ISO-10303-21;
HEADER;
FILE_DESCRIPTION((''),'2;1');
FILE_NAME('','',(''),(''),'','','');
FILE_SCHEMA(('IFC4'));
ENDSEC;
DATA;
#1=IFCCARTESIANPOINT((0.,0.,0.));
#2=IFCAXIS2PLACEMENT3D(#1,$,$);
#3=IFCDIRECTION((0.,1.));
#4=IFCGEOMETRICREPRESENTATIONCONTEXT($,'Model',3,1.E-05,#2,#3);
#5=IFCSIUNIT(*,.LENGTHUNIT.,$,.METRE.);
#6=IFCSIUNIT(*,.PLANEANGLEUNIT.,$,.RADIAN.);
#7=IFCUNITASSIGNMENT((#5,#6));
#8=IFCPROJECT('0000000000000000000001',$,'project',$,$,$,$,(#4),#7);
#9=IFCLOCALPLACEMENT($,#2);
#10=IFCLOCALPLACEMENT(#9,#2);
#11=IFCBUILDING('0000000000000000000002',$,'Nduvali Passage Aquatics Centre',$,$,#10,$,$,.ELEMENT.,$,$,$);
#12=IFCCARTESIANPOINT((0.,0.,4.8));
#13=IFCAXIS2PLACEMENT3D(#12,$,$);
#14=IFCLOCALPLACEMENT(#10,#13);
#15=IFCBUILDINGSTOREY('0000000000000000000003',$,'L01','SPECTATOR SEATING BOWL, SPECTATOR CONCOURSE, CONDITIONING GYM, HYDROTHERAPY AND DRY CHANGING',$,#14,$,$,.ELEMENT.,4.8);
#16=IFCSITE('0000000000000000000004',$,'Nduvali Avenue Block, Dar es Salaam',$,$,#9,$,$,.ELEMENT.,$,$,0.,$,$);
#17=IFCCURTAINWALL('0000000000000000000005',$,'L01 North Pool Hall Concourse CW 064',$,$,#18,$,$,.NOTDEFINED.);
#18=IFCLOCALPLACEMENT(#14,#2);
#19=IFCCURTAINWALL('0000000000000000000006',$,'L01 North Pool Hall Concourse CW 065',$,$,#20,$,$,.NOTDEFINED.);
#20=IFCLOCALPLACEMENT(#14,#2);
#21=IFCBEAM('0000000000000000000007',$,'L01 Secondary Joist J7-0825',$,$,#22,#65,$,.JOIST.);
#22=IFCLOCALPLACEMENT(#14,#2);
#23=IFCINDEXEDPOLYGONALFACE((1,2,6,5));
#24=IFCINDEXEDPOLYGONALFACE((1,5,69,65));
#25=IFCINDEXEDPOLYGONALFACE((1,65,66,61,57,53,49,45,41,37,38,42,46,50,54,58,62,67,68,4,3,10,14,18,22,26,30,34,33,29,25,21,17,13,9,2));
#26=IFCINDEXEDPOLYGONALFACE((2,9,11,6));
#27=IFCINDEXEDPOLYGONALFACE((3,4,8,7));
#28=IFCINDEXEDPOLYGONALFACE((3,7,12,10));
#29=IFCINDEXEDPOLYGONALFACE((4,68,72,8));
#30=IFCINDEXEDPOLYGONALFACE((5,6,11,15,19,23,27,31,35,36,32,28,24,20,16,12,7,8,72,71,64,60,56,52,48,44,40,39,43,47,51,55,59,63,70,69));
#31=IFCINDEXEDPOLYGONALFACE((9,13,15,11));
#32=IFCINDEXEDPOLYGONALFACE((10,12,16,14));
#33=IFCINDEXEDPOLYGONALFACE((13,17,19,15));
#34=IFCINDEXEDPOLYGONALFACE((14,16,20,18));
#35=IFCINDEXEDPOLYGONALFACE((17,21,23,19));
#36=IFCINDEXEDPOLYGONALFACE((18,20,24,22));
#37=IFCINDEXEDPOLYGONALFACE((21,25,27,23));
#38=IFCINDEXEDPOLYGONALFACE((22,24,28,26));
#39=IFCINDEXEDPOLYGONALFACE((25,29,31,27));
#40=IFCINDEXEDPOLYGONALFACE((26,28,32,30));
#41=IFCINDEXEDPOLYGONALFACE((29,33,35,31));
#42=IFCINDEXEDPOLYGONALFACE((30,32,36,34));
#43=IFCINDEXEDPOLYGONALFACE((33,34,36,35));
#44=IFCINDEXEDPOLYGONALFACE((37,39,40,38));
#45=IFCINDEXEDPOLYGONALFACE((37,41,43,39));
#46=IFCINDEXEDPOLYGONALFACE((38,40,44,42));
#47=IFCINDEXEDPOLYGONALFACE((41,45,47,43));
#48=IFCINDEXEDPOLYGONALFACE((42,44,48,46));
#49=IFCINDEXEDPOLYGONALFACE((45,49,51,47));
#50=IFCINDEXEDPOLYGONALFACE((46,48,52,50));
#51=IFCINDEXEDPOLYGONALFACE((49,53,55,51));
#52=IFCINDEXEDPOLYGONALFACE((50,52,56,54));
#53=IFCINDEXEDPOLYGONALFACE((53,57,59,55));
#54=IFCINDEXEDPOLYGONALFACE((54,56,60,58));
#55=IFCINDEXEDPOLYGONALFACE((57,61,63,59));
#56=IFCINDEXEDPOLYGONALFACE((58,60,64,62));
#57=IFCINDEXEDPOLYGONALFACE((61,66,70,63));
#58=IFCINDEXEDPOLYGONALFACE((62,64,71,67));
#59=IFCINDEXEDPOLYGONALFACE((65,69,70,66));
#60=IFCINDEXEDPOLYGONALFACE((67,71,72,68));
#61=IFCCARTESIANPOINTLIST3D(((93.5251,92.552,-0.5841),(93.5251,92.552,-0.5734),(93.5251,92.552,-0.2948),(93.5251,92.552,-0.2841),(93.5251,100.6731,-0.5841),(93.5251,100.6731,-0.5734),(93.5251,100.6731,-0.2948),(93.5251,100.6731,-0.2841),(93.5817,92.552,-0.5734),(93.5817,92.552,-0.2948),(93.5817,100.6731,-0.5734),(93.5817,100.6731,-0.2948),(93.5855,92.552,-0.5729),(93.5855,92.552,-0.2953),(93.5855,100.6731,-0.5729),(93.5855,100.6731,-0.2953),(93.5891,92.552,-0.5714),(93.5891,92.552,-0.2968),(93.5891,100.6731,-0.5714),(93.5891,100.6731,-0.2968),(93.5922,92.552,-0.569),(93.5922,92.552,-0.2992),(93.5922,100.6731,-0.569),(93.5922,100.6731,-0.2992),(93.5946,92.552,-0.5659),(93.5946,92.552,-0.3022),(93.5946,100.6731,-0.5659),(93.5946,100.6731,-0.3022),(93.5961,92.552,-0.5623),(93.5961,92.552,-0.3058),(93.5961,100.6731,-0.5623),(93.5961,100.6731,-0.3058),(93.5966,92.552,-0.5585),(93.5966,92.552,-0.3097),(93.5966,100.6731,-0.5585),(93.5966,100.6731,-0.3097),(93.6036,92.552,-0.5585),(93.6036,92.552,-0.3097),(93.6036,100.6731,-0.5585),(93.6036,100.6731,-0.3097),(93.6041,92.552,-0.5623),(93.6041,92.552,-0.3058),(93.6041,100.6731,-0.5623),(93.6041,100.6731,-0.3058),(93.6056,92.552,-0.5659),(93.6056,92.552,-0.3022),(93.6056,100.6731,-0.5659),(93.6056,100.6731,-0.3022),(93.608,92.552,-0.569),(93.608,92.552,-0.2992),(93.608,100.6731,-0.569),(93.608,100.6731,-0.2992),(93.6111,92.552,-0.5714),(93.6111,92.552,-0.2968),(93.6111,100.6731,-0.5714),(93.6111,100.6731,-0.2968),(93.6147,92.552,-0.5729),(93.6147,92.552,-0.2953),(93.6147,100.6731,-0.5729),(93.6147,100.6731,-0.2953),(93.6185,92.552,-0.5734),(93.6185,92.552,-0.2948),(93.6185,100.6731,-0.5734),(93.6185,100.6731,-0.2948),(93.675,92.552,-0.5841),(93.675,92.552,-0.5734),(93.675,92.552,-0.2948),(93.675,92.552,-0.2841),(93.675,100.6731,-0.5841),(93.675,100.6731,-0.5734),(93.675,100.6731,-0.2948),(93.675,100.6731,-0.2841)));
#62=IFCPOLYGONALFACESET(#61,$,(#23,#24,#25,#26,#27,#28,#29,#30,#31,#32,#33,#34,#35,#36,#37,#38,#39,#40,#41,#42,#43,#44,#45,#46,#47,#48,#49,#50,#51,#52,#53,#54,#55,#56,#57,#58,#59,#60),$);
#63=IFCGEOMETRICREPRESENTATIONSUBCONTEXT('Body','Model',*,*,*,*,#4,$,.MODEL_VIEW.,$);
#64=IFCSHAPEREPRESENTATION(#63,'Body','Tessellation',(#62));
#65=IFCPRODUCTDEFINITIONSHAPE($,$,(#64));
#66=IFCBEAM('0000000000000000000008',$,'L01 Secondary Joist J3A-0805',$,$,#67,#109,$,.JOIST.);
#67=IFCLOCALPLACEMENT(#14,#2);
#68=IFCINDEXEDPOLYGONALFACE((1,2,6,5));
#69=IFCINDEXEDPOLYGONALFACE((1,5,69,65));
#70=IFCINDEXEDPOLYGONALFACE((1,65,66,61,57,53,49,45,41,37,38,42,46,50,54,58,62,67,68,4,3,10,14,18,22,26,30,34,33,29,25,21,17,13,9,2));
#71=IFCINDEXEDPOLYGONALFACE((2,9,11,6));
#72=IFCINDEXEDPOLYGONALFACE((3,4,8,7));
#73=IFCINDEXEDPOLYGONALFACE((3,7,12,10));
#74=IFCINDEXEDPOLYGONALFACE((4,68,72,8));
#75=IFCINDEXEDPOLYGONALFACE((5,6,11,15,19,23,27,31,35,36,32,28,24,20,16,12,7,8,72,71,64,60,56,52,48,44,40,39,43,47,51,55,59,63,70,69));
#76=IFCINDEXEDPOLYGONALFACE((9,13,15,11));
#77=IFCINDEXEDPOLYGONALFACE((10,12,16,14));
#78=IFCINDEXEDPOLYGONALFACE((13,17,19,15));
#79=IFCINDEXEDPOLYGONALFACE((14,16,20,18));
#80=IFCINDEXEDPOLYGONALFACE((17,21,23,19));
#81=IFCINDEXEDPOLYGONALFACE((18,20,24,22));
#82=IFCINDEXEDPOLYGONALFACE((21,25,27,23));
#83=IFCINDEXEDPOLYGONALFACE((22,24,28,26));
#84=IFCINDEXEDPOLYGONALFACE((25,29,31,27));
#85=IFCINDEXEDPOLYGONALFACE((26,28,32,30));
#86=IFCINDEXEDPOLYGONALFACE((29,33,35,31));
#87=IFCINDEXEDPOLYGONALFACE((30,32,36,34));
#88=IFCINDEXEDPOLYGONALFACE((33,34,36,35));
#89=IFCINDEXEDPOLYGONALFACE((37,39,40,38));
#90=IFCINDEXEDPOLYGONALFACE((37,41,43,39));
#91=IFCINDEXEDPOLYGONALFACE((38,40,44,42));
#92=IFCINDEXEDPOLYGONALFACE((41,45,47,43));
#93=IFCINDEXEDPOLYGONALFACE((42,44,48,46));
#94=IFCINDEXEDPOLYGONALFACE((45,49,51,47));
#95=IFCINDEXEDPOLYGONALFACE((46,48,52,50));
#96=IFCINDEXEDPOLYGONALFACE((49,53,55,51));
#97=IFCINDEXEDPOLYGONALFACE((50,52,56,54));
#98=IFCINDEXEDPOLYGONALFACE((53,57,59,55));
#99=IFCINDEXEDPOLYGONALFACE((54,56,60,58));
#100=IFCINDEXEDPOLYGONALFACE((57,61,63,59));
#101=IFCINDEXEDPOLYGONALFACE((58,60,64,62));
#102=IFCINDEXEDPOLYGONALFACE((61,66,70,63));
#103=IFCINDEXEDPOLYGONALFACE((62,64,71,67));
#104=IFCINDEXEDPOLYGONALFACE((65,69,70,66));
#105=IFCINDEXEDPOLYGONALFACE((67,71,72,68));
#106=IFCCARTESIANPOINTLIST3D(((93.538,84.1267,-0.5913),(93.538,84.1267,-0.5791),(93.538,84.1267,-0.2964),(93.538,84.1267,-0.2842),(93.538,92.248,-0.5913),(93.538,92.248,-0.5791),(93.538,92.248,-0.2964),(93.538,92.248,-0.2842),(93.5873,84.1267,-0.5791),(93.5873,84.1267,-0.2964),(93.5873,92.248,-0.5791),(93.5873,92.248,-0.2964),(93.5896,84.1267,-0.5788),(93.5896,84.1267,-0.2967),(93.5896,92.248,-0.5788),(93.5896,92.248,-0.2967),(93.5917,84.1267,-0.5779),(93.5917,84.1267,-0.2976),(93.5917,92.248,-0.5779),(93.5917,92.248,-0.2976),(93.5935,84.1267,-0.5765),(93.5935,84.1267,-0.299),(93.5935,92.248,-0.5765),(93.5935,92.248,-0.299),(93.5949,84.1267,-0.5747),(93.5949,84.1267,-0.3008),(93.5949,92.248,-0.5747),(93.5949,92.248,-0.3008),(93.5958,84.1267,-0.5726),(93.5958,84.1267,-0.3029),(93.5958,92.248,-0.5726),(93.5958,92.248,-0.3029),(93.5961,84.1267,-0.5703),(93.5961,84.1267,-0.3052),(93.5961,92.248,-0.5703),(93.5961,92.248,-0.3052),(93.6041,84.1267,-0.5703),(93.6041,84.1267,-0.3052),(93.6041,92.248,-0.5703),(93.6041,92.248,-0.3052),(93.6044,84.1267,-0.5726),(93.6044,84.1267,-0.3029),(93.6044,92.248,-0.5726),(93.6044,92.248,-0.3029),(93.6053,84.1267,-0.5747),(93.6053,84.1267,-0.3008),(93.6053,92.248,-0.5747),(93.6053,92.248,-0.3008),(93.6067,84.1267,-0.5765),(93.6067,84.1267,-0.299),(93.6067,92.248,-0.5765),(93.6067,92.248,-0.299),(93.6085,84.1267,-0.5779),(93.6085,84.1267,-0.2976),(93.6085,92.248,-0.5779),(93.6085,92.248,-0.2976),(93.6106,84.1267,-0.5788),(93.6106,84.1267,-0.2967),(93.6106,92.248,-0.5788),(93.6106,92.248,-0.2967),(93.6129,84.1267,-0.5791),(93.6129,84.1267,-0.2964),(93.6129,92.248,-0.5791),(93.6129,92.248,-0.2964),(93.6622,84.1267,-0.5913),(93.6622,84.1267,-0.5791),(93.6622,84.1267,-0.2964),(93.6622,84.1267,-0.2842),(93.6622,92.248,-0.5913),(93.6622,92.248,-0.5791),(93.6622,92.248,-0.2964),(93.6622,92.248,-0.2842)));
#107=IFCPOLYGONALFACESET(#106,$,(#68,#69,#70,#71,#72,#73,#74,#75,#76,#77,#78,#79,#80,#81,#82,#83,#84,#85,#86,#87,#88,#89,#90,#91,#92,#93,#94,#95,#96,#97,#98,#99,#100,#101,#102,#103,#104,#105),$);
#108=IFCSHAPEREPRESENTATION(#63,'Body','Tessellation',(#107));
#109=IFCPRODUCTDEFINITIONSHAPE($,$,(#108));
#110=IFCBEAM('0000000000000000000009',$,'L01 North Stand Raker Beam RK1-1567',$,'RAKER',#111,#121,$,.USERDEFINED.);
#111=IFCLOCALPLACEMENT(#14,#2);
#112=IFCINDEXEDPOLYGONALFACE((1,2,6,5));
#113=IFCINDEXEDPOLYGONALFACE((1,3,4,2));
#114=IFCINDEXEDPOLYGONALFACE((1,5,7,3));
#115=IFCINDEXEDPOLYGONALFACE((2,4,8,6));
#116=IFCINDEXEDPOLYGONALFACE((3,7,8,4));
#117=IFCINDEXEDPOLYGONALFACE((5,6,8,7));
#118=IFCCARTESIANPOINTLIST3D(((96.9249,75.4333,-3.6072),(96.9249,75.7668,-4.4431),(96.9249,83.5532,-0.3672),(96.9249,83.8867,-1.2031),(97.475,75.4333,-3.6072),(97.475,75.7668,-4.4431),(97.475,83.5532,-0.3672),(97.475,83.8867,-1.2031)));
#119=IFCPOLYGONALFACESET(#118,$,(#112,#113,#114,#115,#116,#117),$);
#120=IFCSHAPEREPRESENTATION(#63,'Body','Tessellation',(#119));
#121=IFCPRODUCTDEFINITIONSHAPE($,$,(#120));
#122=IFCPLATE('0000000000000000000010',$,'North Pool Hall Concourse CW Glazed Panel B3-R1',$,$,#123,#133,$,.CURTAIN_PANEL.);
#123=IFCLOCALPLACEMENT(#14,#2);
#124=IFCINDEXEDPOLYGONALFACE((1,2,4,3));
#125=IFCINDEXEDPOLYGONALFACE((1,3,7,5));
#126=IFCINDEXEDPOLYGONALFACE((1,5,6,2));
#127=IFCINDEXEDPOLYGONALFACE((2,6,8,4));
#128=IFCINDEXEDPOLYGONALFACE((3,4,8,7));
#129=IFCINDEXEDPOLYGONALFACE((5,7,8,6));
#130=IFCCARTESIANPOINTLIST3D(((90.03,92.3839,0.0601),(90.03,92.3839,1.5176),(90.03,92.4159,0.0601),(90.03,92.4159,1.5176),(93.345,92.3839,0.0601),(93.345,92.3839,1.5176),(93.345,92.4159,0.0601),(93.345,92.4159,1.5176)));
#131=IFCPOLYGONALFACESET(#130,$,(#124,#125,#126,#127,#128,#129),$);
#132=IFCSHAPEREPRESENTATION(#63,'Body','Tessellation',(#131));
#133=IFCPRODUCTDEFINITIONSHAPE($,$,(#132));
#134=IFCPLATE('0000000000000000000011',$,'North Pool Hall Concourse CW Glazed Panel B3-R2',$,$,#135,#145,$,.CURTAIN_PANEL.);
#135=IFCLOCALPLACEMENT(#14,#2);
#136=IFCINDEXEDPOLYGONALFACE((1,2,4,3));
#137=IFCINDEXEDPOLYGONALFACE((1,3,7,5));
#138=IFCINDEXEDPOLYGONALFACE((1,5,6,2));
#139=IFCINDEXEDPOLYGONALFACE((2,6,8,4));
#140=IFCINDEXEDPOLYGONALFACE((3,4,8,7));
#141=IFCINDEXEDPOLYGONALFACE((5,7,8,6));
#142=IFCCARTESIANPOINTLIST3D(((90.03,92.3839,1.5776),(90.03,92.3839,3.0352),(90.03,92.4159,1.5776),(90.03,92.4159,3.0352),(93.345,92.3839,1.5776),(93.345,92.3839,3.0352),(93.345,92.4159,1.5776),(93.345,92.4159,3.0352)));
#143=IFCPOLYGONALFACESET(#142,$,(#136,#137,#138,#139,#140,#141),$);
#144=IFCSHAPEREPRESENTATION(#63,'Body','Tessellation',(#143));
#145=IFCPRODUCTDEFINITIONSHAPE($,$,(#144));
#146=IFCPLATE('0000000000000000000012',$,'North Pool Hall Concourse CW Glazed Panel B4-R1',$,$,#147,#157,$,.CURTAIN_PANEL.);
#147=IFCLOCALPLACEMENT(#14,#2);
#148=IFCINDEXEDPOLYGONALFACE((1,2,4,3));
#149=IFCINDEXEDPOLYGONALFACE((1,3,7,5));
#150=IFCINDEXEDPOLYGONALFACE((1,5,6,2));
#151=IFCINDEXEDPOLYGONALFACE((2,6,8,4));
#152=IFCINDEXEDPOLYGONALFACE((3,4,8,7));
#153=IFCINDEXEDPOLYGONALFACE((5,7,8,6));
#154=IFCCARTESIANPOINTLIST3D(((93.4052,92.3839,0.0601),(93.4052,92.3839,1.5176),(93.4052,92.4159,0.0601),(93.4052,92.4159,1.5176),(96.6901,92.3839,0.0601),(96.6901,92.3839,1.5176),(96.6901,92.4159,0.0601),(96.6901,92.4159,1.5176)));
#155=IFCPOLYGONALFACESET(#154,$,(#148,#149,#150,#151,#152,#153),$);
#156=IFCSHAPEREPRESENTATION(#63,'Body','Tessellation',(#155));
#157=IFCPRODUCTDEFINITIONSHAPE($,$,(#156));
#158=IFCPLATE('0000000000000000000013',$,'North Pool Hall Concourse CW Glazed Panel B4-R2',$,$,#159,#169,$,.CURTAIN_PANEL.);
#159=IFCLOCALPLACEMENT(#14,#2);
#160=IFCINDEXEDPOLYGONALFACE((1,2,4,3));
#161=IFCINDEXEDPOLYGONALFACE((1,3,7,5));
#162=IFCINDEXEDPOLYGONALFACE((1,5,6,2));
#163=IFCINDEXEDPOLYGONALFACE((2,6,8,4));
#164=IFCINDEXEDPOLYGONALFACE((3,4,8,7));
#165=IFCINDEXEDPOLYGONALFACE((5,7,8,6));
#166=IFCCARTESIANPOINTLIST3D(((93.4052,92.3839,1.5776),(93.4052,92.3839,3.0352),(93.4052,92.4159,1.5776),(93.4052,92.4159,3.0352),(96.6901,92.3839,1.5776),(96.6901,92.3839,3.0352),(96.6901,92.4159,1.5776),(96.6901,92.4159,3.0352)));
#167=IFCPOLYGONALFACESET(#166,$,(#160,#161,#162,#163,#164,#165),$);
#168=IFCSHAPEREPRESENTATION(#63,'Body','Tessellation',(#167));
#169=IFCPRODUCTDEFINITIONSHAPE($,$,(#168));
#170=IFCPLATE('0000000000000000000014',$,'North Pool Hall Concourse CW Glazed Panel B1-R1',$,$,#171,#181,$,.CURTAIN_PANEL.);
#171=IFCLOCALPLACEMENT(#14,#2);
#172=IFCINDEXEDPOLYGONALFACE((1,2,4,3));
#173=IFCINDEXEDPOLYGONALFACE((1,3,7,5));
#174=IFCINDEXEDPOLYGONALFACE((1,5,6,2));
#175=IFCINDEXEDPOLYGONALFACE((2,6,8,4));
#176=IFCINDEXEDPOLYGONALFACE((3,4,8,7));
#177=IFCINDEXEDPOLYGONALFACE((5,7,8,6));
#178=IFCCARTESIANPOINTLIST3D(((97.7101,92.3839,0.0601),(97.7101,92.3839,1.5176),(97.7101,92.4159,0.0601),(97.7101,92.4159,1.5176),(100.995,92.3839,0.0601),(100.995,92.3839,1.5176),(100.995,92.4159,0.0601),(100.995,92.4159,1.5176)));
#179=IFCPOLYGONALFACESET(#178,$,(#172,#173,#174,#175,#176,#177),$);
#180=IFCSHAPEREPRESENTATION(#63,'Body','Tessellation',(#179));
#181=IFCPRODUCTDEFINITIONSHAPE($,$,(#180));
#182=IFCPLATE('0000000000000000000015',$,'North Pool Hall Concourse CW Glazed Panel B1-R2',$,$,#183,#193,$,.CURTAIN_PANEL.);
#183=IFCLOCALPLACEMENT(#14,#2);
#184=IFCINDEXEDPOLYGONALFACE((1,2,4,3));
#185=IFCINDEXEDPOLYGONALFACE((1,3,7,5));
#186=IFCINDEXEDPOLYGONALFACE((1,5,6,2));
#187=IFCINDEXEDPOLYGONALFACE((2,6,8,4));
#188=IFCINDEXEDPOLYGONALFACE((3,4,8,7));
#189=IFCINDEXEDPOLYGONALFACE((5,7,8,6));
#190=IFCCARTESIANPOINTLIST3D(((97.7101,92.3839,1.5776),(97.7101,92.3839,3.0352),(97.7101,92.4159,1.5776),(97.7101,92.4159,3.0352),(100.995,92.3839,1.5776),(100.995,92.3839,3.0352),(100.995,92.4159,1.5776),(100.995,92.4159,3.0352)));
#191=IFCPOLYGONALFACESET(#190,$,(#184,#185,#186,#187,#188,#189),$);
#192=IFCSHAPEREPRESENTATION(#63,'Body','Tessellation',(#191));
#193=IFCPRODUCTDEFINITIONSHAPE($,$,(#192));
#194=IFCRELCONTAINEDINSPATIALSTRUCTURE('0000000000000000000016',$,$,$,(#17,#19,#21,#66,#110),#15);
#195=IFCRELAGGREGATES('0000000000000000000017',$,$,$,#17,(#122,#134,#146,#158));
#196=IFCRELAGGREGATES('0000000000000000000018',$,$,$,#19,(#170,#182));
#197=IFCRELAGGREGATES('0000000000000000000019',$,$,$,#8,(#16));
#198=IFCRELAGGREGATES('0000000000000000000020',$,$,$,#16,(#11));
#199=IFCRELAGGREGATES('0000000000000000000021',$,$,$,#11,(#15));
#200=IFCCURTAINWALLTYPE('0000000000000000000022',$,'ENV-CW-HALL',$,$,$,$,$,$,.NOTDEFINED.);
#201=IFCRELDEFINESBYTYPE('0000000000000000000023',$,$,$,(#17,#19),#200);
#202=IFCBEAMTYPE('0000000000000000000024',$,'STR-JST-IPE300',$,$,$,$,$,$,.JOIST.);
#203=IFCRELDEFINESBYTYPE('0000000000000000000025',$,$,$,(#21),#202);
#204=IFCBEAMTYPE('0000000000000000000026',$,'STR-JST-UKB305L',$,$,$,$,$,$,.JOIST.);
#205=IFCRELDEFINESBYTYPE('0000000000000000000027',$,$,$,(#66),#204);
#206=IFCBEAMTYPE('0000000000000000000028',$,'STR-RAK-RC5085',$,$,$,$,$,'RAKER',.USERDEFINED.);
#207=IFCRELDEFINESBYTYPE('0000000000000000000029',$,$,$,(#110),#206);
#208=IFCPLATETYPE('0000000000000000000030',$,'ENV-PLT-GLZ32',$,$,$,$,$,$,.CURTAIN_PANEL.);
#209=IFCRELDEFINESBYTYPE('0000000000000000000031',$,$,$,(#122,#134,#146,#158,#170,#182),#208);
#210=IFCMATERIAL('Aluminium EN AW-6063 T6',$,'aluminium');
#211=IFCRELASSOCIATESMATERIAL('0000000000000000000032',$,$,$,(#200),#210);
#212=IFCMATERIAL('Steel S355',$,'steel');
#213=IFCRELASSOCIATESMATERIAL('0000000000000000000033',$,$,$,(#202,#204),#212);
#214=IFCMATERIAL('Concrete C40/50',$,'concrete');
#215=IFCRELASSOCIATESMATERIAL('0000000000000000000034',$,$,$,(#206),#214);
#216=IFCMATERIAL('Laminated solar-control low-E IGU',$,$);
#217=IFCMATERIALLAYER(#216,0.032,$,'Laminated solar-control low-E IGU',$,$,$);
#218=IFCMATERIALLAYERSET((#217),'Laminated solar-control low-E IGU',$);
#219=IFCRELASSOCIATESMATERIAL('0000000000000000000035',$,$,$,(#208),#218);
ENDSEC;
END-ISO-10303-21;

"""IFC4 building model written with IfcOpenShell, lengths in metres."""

from ifc_helpers import new_model, si_unit, direction, frame, origin, origin_2d, place, context, subcontext, project, spatial, rectangle, i_section, extrude, material, layer, layer_set, material_profile, profile_set, type_object, element, aggregate, save


model = new_model("IFC4")

# Units and contexts
model_context = context("Model", 3, precision=1e-05, world=origin(), true_north=direction((0.0, 1.0)))
body_context = subcontext(model_context, "Body", "Model", "MODEL_VIEW")
ifc_project = project(units=[si_unit("LENGTHUNIT", "METRE"), si_unit("PLANEANGLEUNIT", "RADIAN")], contexts=[model_context])

# Site, building, storey
site_placement = place(None, origin())
site = spatial("IfcSite", under=ifc_project, at=site_placement, Name="Nduvali Avenue Block, Dar es Salaam", CompositionType="ELEMENT", RefElevation=0.0)
building_placement = place(site_placement, origin())
building = spatial("IfcBuilding", under=site, at=building_placement, Name="Nduvali Passage Aquatics Centre", CompositionType="ELEMENT")
storey_placement = place(building_placement, frame((0.0, 0.0, 4.8)))
storey = spatial("IfcBuildingStorey", under=building, at=storey_placement, Name="L01", Description="SPECTATOR SEATING BOWL, SPECTATOR CONCOURSE, CONDITIONING GYM, HYDROTHERAPY AND DRY CHANGING", CompositionType="ELEMENT", Elevation=4.8)

# Shared definitions
ifc_material_1 = material(Name="Concrete C40/50", Category="concrete")
ifc_material_2 = material(Name="Steel S355", Category="steel")

# Curtain wall
ifc_material_3 = material(Name="Aluminium EN AW-6063 T6", Category="aluminium")
curtain_wall_type = type_object("IfcCurtainWallType", Name="ENV-CW-HALL", PredefinedType="NOTDEFINED", material=ifc_material_3)
curtain_wall_1_placement = place(storey_placement, origin())
curtain_wall_1 = element("IfcCurtainWall", 1, at=curtain_wall_1_placement, inside=storey, type_object=curtain_wall_type, Name="L01 North Pool Hall Concourse CW 064", PredefinedType="NOTDEFINED")

# Curtain wall
curtain_wall_2_placement = place(storey_placement, origin())
curtain_wall_2 = element("IfcCurtainWall", 2, at=curtain_wall_2_placement, inside=storey, type_object=curtain_wall_type, Name="L01 North Pool Hall Concourse CW 065", PredefinedType="NOTDEFINED")

# Beams
ifc_material_profile_1 = material_profile(ifc_material_2, i_section(OverallWidth=0.1499, OverallDepth=0.3, WebThickness=0.0071, FlangeThickness=0.0107, FilletRadius=0.0149, at=origin_2d()), Name="IPE 300")
ifc_profile_set_1 = profile_set([ifc_material_profile_1], Name="Steel S355")
beam_type_1 = type_object("IfcBeamType", Name="STR-JST-IPE300", PredefinedType="JOIST", material=ifc_profile_set_1)
beam_1_placement = place(storey_placement, frame((93.6001, 92.552, -0.4341), z_axis=(0.0, 1.0, 0.0), x_axis=(-1.0, 0.0, 0.0)))
element("IfcBeam", 3, at=beam_1_placement, inside=storey, type_object=beam_type_1, Name="L01 Secondary Joist J7-0825", PredefinedType="JOIST", context=body_context, shape_type="SweptSolid", body=[
    extrude(i_section(OverallWidth=0.1499, OverallDepth=0.3, WebThickness=0.0071, FlangeThickness=0.0107, FilletRadius=0.0149, at=origin_2d()), origin(), (0.0, 0.0, 1.0), 8.1211),
])
ifc_material_profile_2 = material_profile(ifc_material_2, i_section(OverallWidth=0.1243, OverallDepth=0.3071, WebThickness=0.0081, FlangeThickness=0.0122, FilletRadius=0.0088, at=origin_2d()), Name="UKB 305x127x42")
ifc_profile_set_2 = profile_set([ifc_material_profile_2], Name="Steel S355")
beam_type_2 = type_object("IfcBeamType", Name="STR-JST-UKB305L", PredefinedType="JOIST", material=ifc_profile_set_2)
beam_2_placement = place(storey_placement, frame((93.6001, 84.1267, -0.4377), z_axis=(0.0, 1.0, 0.0), x_axis=(-1.0, 0.0, 0.0)))
element("IfcBeam", 4, at=beam_2_placement, inside=storey, type_object=beam_type_2, Name="L01 Secondary Joist J3A-0805", PredefinedType="JOIST", context=body_context, shape_type="SweptSolid", body=[
    extrude(i_section(OverallWidth=0.1243, OverallDepth=0.3071, WebThickness=0.0081, FlangeThickness=0.0122, FilletRadius=0.0088, at=origin_2d()), origin(), (0.0, 0.0, 1.0), 8.1213),
])
ifc_material_profile_3 = material_profile(ifc_material_1, rectangle(XDim=0.55, YDim=0.8999, at=origin_2d()), Name="RC 550x900")
ifc_profile_set_3 = profile_set([ifc_material_profile_3], Name="Concrete C40/50")
beam_type_3 = type_object("IfcBeamType", Name="STR-RAK-RC5085", ElementType="RAKER", PredefinedType="USERDEFINED", material=ifc_profile_set_3)
beam_3_placement = place(storey_placement, frame((97.2, 83.72, -0.7852), z_axis=(0.0, -0.92879, -0.370606), x_axis=(1.0, 0.0, 0.0)))
element("IfcBeam", 5, at=beam_3_placement, inside=storey, type_object=beam_type_3, Name="L01 North Stand Raker Beam RK1-1567", ObjectType="RAKER", PredefinedType="USERDEFINED", context=body_context, shape_type="SweptSolid", body=[
    extrude(rectangle(XDim=0.55, YDim=0.8999, at=origin_2d()), origin(), (0.0, 0.0, 1.0), 8.7424),
])

# Plates
ifc_material_4 = material(Name="Laminated solar-control low-E IGU")
ifc_layer = layer(ifc_material_4, 0.032, Name="Laminated solar-control low-E IGU")
ifc_layer_set = layer_set([ifc_layer], Name="Laminated solar-control low-E IGU")
plate_type = type_object("IfcPlateType", Name="ENV-PLT-GLZ32", PredefinedType="CURTAIN_PANEL", material=ifc_layer_set)
plate_1_placement = place(storey_placement, frame((91.6875, 92.3999, 0.0601), z_axis=(0.0, 0.0, 1.0), x_axis=(1.0, 0.0, 0.0)))
plate_1 = element("IfcPlate", 6, at=plate_1_placement, type_object=plate_type, Name="North Pool Hall Concourse CW Glazed Panel B3-R1", PredefinedType="CURTAIN_PANEL", context=body_context, shape_type="SweptSolid", body=[
    extrude(rectangle(XDim=3.3149, YDim=0.032, at=origin_2d()), origin(), (0.0, 0.0, 1.0), 1.4575),
])
plate_2_placement = place(storey_placement, frame((91.6875, 92.3999, 1.5776), z_axis=(0.0, 0.0, 1.0), x_axis=(1.0, 0.0, 0.0)))
plate_2 = element("IfcPlate", 7, at=plate_2_placement, type_object=plate_type, Name="North Pool Hall Concourse CW Glazed Panel B3-R2", PredefinedType="CURTAIN_PANEL", context=body_context, shape_type="SweptSolid", body=[
    extrude(rectangle(XDim=3.3149, YDim=0.032, at=origin_2d()), origin(), (0.0, 0.0, 1.0), 1.4575),
])
plate_3_placement = place(storey_placement, frame((95.0476, 92.3999, 0.0601), z_axis=(0.0, 0.0, 1.0), x_axis=(1.0, 0.0, 0.0)))
plate_3 = element("IfcPlate", 8, at=plate_3_placement, type_object=plate_type, Name="North Pool Hall Concourse CW Glazed Panel B4-R1", PredefinedType="CURTAIN_PANEL", context=body_context, shape_type="SweptSolid", body=[
    extrude(rectangle(XDim=3.2849, YDim=0.032, at=origin_2d()), origin(), (0.0, 0.0, 1.0), 1.4575),
])
plate_4_placement = place(storey_placement, frame((95.0476, 92.3999, 1.5776), z_axis=(0.0, 0.0, 1.0), x_axis=(1.0, 0.0, 0.0)))
plate_4 = element("IfcPlate", 9, at=plate_4_placement, type_object=plate_type, Name="North Pool Hall Concourse CW Glazed Panel B4-R2", PredefinedType="CURTAIN_PANEL", context=body_context, shape_type="SweptSolid", body=[
    extrude(rectangle(XDim=3.2849, YDim=0.032, at=origin_2d()), origin(), (0.0, 0.0, 1.0), 1.4575),
])
aggregate(curtain_wall_1, [plate_1, plate_2, plate_3, plate_4])
plate_5_placement = place(storey_placement, frame((99.3525, 92.3999, 0.0601), z_axis=(0.0, 0.0, 1.0), x_axis=(1.0, 0.0, 0.0)))
plate_5 = element("IfcPlate", 10, at=plate_5_placement, type_object=plate_type, Name="North Pool Hall Concourse CW Glazed Panel B1-R1", PredefinedType="CURTAIN_PANEL", context=body_context, shape_type="SweptSolid", body=[
    extrude(rectangle(XDim=3.2849, YDim=0.032, at=origin_2d()), origin(), (0.0, 0.0, 1.0), 1.4575),
])
plate_6_placement = place(storey_placement, frame((99.3525, 92.3999, 1.5776), z_axis=(0.0, 0.0, 1.0), x_axis=(1.0, 0.0, 0.0)))
plate_6 = element("IfcPlate", 11, at=plate_6_placement, type_object=plate_type, Name="North Pool Hall Concourse CW Glazed Panel B1-R2", PredefinedType="CURTAIN_PANEL", context=body_context, shape_type="SweptSolid", body=[
    extrude(rectangle(XDim=3.2849, YDim=0.032, at=origin_2d()), origin(), (0.0, 0.0, 1.0), 1.4575),
])
aggregate(curtain_wall_2, [plate_5, plate_6])

save(model, "model.ifc")
